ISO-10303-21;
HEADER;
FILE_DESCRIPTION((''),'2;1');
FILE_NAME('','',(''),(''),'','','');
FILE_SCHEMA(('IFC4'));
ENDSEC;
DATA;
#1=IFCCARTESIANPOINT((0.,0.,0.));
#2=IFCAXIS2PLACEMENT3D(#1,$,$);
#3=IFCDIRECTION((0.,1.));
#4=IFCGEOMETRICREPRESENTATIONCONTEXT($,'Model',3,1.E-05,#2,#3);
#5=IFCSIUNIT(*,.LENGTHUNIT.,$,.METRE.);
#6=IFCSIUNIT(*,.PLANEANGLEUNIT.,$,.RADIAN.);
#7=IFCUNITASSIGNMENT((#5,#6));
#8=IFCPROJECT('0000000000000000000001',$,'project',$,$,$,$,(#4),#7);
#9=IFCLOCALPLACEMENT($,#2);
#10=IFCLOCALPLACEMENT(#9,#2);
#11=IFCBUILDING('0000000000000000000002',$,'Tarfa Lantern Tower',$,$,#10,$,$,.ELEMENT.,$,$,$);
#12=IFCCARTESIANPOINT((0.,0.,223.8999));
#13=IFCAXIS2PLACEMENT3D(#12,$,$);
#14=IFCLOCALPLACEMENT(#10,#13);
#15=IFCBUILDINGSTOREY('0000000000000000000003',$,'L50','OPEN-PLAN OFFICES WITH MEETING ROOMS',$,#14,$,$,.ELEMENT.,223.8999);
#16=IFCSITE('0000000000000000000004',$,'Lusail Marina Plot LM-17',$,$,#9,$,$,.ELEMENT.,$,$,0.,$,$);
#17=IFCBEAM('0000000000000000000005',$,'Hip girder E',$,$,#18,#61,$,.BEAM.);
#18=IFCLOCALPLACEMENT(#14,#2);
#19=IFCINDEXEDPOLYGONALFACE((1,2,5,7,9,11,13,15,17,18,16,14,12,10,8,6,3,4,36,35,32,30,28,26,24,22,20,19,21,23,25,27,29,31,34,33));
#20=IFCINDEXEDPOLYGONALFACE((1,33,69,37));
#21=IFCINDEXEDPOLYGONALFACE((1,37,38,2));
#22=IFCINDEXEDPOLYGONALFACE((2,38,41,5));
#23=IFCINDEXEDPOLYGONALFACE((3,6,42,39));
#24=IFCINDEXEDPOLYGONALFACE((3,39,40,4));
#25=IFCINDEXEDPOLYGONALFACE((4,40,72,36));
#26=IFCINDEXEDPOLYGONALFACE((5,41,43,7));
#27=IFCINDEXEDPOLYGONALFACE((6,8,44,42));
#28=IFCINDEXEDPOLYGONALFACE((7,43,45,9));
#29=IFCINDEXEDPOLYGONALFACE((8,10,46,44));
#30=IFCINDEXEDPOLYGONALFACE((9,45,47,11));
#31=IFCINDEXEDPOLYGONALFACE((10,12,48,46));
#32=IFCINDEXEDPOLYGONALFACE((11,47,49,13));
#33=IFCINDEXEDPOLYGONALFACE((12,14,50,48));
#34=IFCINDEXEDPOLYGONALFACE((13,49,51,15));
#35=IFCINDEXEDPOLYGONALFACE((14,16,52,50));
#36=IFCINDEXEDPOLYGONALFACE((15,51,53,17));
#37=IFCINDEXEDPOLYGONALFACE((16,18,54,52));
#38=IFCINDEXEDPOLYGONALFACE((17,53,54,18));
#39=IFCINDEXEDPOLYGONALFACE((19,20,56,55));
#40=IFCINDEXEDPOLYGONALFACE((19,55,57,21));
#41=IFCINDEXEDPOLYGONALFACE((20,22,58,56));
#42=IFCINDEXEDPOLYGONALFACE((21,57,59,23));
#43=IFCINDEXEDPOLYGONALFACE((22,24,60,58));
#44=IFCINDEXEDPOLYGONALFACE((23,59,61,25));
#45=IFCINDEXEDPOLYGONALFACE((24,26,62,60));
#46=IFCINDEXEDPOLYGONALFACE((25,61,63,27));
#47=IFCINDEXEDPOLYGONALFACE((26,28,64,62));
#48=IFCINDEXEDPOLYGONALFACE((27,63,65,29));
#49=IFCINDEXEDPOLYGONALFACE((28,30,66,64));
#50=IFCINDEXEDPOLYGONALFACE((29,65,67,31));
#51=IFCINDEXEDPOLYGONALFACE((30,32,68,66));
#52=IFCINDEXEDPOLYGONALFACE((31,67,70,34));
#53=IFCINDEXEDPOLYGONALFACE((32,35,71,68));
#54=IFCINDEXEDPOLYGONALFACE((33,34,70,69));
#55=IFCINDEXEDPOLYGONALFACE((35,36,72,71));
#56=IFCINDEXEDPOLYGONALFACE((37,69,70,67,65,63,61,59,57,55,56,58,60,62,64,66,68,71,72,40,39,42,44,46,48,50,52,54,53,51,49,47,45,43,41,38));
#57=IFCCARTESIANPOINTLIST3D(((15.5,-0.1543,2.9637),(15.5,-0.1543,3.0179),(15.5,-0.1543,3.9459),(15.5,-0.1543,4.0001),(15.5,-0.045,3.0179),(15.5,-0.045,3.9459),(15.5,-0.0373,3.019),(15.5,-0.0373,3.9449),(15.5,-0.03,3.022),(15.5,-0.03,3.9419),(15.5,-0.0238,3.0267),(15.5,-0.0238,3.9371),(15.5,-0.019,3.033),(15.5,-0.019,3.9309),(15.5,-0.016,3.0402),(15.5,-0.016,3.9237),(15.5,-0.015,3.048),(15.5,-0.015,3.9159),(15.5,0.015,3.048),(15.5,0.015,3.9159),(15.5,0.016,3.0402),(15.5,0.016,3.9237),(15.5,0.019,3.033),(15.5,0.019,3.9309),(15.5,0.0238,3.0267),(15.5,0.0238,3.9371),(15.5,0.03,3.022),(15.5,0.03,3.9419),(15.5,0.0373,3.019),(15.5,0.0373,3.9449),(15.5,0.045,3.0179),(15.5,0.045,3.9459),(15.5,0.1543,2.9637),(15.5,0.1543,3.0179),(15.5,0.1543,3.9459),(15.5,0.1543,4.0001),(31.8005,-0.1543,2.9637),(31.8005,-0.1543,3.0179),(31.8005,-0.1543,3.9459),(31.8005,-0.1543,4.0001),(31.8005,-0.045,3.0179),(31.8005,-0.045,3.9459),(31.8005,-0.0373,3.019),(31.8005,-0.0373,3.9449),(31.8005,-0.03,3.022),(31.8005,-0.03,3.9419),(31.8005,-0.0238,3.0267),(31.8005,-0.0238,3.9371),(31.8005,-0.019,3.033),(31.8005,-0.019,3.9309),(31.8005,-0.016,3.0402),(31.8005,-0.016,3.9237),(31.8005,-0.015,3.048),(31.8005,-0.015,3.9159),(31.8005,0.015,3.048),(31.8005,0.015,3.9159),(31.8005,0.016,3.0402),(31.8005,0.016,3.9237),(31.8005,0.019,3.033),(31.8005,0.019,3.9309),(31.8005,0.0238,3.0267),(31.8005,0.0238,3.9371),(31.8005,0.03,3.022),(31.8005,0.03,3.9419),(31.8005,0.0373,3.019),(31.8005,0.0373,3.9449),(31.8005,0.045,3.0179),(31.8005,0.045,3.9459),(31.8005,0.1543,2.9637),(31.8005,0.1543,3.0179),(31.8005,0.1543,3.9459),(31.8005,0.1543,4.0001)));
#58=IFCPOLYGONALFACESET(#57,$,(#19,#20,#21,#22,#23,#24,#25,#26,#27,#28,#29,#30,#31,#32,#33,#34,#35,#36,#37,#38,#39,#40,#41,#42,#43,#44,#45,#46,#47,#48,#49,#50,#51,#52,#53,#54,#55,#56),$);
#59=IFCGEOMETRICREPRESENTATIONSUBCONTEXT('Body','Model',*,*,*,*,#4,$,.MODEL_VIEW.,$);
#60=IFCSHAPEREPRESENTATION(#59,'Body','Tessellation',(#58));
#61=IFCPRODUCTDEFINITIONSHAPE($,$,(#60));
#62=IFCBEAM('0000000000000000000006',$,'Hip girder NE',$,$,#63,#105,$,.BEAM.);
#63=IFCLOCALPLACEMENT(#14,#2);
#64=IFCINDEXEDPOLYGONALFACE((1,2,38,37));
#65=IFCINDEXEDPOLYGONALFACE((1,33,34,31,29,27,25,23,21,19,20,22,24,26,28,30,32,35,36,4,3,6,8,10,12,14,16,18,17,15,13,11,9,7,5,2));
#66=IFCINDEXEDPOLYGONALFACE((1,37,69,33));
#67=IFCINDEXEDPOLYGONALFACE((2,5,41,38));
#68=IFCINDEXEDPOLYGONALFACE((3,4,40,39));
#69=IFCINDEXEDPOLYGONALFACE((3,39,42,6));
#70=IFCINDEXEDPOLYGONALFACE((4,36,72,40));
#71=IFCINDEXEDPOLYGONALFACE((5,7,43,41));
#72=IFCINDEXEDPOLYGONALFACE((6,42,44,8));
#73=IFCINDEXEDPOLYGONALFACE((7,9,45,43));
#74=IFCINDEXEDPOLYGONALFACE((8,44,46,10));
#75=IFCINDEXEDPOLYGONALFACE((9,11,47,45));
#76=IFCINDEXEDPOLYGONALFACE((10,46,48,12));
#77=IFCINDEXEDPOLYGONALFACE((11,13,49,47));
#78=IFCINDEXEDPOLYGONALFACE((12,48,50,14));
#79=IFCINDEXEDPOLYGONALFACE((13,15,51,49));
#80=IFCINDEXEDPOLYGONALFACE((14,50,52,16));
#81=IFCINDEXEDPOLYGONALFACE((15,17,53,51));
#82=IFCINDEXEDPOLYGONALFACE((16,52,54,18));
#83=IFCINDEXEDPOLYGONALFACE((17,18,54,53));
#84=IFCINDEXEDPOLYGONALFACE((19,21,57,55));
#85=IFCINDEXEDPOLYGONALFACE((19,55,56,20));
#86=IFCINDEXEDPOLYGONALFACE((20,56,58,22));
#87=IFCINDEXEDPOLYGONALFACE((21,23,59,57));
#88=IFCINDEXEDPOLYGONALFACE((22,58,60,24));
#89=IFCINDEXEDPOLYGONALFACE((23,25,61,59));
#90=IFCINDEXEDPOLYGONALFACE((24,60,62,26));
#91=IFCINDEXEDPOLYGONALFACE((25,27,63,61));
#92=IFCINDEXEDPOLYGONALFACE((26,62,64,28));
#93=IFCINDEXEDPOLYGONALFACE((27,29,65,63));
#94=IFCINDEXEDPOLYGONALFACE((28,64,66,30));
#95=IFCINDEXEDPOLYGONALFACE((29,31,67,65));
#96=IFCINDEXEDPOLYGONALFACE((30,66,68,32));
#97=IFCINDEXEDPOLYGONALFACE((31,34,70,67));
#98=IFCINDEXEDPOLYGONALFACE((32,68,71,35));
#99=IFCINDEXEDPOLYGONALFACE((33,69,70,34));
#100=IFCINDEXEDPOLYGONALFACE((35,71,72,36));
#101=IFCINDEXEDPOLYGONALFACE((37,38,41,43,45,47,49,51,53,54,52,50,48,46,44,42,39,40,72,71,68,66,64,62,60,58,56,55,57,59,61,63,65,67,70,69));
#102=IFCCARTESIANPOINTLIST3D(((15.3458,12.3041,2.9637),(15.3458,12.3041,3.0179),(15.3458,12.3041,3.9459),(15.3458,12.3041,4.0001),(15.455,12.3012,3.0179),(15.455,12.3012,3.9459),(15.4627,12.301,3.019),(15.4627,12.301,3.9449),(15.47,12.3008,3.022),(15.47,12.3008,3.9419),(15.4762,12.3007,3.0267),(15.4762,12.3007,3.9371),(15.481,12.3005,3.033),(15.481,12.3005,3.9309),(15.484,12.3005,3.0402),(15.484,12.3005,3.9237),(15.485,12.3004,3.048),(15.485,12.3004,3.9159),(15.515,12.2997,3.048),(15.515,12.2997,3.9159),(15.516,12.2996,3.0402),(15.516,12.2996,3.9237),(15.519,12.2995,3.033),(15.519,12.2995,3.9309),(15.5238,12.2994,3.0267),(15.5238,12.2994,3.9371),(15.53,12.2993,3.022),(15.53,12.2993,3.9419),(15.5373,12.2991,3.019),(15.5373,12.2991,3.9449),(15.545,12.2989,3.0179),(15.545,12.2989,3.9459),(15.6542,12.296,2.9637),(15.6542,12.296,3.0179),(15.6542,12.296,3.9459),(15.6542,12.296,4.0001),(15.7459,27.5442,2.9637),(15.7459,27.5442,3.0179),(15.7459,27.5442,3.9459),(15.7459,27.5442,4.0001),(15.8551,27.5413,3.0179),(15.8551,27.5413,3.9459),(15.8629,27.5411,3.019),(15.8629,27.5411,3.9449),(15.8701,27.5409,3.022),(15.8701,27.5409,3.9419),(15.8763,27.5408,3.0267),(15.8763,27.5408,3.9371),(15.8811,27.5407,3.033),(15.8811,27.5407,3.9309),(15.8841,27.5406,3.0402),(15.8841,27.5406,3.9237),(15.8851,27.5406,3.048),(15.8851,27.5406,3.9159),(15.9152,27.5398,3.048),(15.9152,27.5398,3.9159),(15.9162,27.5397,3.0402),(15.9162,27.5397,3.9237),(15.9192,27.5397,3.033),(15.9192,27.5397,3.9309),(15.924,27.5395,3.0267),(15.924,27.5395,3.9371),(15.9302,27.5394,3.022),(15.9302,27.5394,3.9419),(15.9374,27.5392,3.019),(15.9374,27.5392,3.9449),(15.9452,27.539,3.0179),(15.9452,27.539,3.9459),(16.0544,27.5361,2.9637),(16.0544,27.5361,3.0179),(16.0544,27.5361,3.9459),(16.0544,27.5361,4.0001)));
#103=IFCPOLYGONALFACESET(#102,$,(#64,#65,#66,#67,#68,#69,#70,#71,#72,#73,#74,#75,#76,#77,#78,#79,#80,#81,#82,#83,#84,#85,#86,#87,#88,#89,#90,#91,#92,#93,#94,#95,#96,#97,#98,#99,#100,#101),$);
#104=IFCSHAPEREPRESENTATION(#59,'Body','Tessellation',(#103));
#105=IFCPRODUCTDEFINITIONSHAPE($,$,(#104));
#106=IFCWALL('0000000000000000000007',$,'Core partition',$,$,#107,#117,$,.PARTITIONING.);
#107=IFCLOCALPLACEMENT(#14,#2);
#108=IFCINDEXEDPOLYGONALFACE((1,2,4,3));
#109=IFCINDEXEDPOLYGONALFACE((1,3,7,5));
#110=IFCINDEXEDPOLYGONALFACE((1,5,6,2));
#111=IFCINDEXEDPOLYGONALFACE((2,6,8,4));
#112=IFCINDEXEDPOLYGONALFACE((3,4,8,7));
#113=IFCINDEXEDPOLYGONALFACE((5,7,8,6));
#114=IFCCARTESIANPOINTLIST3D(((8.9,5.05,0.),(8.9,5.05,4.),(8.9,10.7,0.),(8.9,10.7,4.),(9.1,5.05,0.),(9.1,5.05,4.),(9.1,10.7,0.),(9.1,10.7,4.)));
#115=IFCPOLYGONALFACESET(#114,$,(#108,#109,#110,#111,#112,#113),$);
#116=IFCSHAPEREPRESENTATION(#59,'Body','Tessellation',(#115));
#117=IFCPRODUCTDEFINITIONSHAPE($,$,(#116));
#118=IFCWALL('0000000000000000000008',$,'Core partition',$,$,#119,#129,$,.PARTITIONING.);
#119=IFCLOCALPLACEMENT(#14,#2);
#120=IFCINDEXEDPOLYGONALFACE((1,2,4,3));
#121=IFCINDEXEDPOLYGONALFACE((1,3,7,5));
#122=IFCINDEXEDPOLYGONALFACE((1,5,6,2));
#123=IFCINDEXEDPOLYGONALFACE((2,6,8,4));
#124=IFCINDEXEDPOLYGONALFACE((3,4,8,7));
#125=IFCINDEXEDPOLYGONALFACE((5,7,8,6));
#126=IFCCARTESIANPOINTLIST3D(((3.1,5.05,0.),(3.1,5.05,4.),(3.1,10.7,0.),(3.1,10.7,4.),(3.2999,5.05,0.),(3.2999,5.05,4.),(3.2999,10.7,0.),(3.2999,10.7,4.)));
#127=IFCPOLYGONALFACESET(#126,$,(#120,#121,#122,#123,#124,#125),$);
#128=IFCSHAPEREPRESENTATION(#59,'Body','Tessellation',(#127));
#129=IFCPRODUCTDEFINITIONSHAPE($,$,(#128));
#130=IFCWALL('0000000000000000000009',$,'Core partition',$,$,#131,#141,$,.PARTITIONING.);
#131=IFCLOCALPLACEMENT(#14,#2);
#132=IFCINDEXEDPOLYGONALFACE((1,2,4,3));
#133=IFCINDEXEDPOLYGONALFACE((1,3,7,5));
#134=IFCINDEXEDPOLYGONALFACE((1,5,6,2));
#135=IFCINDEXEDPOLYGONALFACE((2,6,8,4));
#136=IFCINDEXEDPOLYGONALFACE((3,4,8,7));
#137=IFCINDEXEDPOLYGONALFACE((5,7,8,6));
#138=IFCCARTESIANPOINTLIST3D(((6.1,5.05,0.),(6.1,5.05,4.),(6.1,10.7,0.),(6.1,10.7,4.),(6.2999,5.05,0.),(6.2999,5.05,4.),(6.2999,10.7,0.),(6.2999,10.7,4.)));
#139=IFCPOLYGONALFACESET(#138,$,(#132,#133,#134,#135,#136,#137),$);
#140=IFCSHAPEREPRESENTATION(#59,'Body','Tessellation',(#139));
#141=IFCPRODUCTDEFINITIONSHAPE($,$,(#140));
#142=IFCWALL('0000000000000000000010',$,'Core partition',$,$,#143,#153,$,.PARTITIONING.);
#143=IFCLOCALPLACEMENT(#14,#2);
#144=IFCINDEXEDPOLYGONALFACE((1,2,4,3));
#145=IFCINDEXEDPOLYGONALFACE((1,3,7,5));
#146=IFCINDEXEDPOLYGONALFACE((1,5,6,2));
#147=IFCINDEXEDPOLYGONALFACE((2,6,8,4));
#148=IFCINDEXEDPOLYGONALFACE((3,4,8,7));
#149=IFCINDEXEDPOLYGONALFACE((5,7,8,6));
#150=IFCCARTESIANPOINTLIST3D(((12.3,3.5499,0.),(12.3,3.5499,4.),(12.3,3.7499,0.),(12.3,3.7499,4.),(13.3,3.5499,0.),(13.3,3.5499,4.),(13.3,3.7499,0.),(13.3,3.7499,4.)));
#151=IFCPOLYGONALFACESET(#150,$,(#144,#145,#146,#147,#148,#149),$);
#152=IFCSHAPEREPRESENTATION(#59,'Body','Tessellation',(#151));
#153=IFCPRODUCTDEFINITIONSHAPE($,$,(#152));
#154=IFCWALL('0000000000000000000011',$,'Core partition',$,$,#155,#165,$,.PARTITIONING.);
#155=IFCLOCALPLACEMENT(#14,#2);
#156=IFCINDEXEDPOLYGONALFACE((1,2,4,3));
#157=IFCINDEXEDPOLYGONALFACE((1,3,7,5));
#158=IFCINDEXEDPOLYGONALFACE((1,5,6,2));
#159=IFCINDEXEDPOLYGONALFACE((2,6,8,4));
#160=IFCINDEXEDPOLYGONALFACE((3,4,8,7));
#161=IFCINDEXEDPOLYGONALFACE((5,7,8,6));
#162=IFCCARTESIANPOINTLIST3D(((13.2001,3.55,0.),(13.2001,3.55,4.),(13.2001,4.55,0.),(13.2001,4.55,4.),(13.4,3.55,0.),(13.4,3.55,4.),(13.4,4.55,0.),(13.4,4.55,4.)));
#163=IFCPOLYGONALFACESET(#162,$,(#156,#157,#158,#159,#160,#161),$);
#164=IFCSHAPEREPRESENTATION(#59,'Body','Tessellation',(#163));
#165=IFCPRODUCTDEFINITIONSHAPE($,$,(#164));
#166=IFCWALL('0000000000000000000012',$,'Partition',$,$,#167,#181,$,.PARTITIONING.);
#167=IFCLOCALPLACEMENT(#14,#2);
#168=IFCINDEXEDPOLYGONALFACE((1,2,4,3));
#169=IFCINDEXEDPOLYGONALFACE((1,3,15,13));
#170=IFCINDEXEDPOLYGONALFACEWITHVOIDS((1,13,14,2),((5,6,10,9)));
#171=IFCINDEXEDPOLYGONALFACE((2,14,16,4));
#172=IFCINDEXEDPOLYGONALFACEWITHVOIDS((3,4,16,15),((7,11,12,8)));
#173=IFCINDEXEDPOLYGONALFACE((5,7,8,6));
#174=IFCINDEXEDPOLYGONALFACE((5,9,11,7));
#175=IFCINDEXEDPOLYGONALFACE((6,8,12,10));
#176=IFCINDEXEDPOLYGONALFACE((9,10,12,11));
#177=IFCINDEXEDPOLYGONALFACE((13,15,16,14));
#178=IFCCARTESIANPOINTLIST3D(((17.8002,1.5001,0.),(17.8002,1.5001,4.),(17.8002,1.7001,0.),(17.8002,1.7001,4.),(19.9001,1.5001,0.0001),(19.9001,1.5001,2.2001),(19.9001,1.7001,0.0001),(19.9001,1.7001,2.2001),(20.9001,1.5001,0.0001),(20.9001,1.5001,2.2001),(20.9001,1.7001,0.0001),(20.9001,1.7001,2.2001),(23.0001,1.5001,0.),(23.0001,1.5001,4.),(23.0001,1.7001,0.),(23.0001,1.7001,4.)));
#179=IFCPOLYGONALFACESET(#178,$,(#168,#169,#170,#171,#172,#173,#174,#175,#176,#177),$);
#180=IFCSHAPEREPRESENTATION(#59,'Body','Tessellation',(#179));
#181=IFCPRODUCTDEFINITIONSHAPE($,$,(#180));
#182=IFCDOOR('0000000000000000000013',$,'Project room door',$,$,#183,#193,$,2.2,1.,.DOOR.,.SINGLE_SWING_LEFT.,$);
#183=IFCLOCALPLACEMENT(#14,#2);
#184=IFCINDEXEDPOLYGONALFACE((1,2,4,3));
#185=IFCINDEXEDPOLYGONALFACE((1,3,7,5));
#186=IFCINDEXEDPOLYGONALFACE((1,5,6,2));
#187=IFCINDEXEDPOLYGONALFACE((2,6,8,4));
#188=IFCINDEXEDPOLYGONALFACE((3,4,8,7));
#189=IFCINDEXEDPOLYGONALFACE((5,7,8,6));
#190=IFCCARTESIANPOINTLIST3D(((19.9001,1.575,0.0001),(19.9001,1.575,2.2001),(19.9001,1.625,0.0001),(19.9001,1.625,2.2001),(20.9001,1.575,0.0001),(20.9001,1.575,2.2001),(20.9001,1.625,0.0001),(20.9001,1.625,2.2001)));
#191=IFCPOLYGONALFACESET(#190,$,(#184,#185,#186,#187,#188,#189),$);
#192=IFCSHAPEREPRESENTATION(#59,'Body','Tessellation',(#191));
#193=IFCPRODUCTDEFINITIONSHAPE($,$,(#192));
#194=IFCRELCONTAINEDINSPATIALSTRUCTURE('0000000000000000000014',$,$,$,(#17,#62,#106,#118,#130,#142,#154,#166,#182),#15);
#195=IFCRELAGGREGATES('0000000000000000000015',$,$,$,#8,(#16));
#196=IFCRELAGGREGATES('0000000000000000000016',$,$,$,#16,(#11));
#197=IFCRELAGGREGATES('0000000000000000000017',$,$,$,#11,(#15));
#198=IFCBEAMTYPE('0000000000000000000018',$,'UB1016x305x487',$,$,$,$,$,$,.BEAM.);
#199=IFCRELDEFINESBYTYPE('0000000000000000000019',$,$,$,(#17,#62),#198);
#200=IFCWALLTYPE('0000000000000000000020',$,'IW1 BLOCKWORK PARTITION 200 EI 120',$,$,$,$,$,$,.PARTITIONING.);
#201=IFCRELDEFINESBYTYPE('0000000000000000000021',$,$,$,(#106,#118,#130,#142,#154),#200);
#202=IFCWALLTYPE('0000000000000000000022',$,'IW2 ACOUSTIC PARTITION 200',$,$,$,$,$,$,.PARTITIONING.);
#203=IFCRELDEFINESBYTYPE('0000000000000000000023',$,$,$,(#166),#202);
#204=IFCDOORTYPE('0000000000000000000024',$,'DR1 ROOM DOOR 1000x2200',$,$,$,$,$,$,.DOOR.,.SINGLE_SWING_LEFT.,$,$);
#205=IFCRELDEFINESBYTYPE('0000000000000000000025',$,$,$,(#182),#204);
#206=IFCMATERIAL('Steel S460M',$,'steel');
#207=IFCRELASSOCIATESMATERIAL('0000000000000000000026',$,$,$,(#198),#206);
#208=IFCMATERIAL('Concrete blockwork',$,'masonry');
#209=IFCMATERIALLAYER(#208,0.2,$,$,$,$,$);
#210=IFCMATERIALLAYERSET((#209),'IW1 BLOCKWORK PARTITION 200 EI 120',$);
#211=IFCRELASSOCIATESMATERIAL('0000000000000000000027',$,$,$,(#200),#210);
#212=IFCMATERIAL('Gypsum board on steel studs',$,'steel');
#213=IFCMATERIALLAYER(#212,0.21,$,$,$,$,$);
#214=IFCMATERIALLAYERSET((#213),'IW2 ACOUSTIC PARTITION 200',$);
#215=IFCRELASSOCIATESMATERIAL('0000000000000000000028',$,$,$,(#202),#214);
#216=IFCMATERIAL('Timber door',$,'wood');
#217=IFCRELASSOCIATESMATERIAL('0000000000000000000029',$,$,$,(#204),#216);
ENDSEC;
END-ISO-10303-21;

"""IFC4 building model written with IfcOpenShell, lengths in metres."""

from ifc_helpers import new_model, si_unit, direction, frame, frame_2d, origin, origin_2d, place, context, subcontext, project, spatial, rectangle, i_section, extrude, material, layer, layer_set, material_profile, profile_set, type_object, element, fill, save


model = new_model("IFC4")

# Units and contexts
model_context = context("Model", 3, precision=1e-05, world=origin(), true_north=direction((0.0, 1.0)))
body_context = subcontext(model_context, "Body", "Model", "MODEL_VIEW")
ifc_project = project(units=[si_unit("LENGTHUNIT", "METRE"), si_unit("PLANEANGLEUNIT", "RADIAN")], contexts=[model_context])

# Site, building, storey
site_placement = place(None, origin())
site = spatial("IfcSite", under=ifc_project, at=site_placement, Name="Lusail Marina Plot LM-17", CompositionType="ELEMENT", RefElevation=0.0)
building_placement = place(site_placement, origin())
building = spatial("IfcBuilding", under=site, at=building_placement, Name="Tarfa Lantern Tower", CompositionType="ELEMENT")
storey_placement = place(building_placement, frame((0.0, 0.0, 223.8999)))
storey = spatial("IfcBuildingStorey", under=building, at=storey_placement, Name="L50", Description="OPEN-PLAN OFFICES WITH MEETING ROOMS", CompositionType="ELEMENT", Elevation=223.8999)

# Beams
ifc_material_1 = material(Name="Steel S460M", Category="steel")
ifc_material_profile = material_profile(ifc_material_1, i_section(OverallWidth=0.3086, OverallDepth=1.0364, WebThickness=0.03, FlangeThickness=0.0542, FilletRadius=0.03, at=origin_2d()), Name="UB1016x305x487")
ifc_profile_set = profile_set([ifc_material_profile], Name="Steel S460M")
beam_type = type_object("IfcBeamType", Name="UB1016x305x487", PredefinedType="BEAM", material=ifc_profile_set)
beam_1_placement = place(storey_placement, frame((15.5, 0.0, 3.4819), z_axis=(1.0, 0.0, 0.0), x_axis=(0.0, 1.0, 0.0)))
element("IfcBeam", 1, at=beam_1_placement, inside=storey, type_object=beam_type, Name="Hip girder E", PredefinedType="BEAM", context=body_context, shape_type="SweptSolid", body=[
    extrude(i_section(OverallWidth=0.3086, OverallDepth=1.0364, WebThickness=0.03, FlangeThickness=0.0542, FilletRadius=0.03, at=origin_2d()), origin(), (0.0, 0.0, 1.0), 16.3005),
])
beam_2_placement = place(storey_placement, frame((15.5, 12.3, 3.4819), z_axis=(0.026247, 0.999655, 0.0), x_axis=(-0.999655, 0.026247, 0.0)))
element("IfcBeam", 2, at=beam_2_placement, inside=storey, type_object=beam_type, Name="Hip girder NE", PredefinedType="BEAM", context=body_context, shape_type="SweptSolid", body=[
    extrude(i_section(OverallWidth=0.3086, OverallDepth=1.0364, WebThickness=0.03, FlangeThickness=0.0542, FilletRadius=0.03, at=origin_2d()), origin(), (0.0, 0.0, 1.0), 15.2454),
])

# Walls
ifc_material_2 = material(Name="Concrete blockwork", Category="masonry")
ifc_layer_1 = layer(ifc_material_2, 0.2)
ifc_layer_set_1 = layer_set([ifc_layer_1], Name="IW1 BLOCKWORK PARTITION 200 EI 120")
wall_type_1 = type_object("IfcWallType", Name="IW1 BLOCKWORK PARTITION 200 EI 120", PredefinedType="PARTITIONING", material=ifc_layer_set_1)
for number, where, z_axis, x_axis, name in (
    (3, (9.0, 5.05, 0.0), (0.0, 0.0, 1.0), (0.0, 1.0, 0.0), "Core partition"),
    (4, (3.2, 5.05, 0.0), (0.0, 0.0, 1.0), (0.0, 1.0, 0.0), "Core partition"),
    (5, (6.2, 5.05, 0.0), (0.0, 0.0, 1.0), (0.0, 1.0, 0.0), "Core partition"),
):
    element("IfcWall", number, at=place(storey_placement, frame(where, z_axis=z_axis, x_axis=x_axis)), inside=storey, type_object=wall_type_1, Name=name, PredefinedType="PARTITIONING", context=body_context, shape_type="SweptSolid", body=[
        extrude(rectangle(XDim=5.6499, YDim=0.2, at=frame_2d((2.825, 0.0))), origin(), (0.0, 0.0, 1.0), 4.0),
    ])
for number, where, z_axis, x_axis, name in (
    (6, (12.3, 3.6499, 0.0), (0.0, 0.0, 1.0), (1.0, 0.0, 0.0), "Core partition"),
    (7, (13.3, 3.55, 0.0), (0.0, 0.0, 1.0), (0.0, 1.0, 0.0), "Core partition"),
):
    element("IfcWall", number, at=place(storey_placement, frame(where, z_axis=z_axis, x_axis=x_axis)), inside=storey, type_object=wall_type_1, Name=name, PredefinedType="PARTITIONING", context=body_context, shape_type="SweptSolid", body=[
        extrude(rectangle(XDim=1.0, YDim=0.2, at=frame_2d((0.5, 0.0))), origin(), (0.0, 0.0, 1.0), 4.0),
    ])

# Wall, opening, door
ifc_material_3 = material(Name="Gypsum board on steel studs", Category="steel")
ifc_layer_2 = layer(ifc_material_3, 0.21)
ifc_layer_set_2 = layer_set([ifc_layer_2], Name="IW2 ACOUSTIC PARTITION 200")
wall_type_2 = type_object("IfcWallType", Name="IW2 ACOUSTIC PARTITION 200", PredefinedType="PARTITIONING", material=ifc_layer_set_2)
wall_1_placement = place(storey_placement, frame((17.8, 1.6001, 0.0), z_axis=(0.0, 0.0, 1.0), x_axis=(1.0, 0.0, 0.0)))
wall_1 = element("IfcWall", 8, at=wall_1_placement, inside=storey, type_object=wall_type_2, Name="Partition", PredefinedType="PARTITIONING", context=body_context, shape_type="SweptSolid", body=[
    extrude(rectangle(XDim=5.2, YDim=0.2, at=frame_2d((2.6001, 0.0))), origin(), (0.0, 0.0, 1.0), 4.0),
])
opening_1_placement = place(wall_1_placement, frame((2.1001, 0.0, 0.0)))
opening_1 = element("IfcOpeningElement", 9, at=opening_1_placement, cuts=wall_1, PredefinedType="OPENING", context=body_context, shape_type="SweptSolid", body=[
    extrude(rectangle(XDim=1.0, YDim=2.2, at=frame_2d((0.5, 1.1001))), frame((0.0, 0.1099, 0.0), z_axis=(0.0, -1.0, 0.0), x_axis=(1.0, 0.0, 0.0)), (0.0, 0.0, 1.0), 0.22),
])
ifc_material_4 = material(Name="Timber door", Category="wood")
door_type_1 = type_object("IfcDoorType", Name="DR1 ROOM DOOR 1000x2200", OperationType="SINGLE_SWING_LEFT", PredefinedType="DOOR", material=ifc_material_4)
door_1_placement = place(opening_1_placement, origin())
door_1 = element("IfcDoor", 10, at=door_1_placement, inside=storey, type_object=door_type_1, Name="Project room door", OperationType="SINGLE_SWING_LEFT", OverallHeight=2.2, OverallWidth=1.0, PredefinedType="DOOR", context=body_context, shape_type="SweptSolid", body=[
    extrude(rectangle(XDim=1.0, YDim=2.2, at=frame_2d((0.5, 1.1001))), frame((0.0, 0.0249, 0.0), z_axis=(0.0, -1.0, 0.0), x_axis=(1.0, 0.0, 0.0)), (0.0, 0.0, 1.0), 0.05),
])
fill(opening_1, door_1)

save(model, "model.ifc")
